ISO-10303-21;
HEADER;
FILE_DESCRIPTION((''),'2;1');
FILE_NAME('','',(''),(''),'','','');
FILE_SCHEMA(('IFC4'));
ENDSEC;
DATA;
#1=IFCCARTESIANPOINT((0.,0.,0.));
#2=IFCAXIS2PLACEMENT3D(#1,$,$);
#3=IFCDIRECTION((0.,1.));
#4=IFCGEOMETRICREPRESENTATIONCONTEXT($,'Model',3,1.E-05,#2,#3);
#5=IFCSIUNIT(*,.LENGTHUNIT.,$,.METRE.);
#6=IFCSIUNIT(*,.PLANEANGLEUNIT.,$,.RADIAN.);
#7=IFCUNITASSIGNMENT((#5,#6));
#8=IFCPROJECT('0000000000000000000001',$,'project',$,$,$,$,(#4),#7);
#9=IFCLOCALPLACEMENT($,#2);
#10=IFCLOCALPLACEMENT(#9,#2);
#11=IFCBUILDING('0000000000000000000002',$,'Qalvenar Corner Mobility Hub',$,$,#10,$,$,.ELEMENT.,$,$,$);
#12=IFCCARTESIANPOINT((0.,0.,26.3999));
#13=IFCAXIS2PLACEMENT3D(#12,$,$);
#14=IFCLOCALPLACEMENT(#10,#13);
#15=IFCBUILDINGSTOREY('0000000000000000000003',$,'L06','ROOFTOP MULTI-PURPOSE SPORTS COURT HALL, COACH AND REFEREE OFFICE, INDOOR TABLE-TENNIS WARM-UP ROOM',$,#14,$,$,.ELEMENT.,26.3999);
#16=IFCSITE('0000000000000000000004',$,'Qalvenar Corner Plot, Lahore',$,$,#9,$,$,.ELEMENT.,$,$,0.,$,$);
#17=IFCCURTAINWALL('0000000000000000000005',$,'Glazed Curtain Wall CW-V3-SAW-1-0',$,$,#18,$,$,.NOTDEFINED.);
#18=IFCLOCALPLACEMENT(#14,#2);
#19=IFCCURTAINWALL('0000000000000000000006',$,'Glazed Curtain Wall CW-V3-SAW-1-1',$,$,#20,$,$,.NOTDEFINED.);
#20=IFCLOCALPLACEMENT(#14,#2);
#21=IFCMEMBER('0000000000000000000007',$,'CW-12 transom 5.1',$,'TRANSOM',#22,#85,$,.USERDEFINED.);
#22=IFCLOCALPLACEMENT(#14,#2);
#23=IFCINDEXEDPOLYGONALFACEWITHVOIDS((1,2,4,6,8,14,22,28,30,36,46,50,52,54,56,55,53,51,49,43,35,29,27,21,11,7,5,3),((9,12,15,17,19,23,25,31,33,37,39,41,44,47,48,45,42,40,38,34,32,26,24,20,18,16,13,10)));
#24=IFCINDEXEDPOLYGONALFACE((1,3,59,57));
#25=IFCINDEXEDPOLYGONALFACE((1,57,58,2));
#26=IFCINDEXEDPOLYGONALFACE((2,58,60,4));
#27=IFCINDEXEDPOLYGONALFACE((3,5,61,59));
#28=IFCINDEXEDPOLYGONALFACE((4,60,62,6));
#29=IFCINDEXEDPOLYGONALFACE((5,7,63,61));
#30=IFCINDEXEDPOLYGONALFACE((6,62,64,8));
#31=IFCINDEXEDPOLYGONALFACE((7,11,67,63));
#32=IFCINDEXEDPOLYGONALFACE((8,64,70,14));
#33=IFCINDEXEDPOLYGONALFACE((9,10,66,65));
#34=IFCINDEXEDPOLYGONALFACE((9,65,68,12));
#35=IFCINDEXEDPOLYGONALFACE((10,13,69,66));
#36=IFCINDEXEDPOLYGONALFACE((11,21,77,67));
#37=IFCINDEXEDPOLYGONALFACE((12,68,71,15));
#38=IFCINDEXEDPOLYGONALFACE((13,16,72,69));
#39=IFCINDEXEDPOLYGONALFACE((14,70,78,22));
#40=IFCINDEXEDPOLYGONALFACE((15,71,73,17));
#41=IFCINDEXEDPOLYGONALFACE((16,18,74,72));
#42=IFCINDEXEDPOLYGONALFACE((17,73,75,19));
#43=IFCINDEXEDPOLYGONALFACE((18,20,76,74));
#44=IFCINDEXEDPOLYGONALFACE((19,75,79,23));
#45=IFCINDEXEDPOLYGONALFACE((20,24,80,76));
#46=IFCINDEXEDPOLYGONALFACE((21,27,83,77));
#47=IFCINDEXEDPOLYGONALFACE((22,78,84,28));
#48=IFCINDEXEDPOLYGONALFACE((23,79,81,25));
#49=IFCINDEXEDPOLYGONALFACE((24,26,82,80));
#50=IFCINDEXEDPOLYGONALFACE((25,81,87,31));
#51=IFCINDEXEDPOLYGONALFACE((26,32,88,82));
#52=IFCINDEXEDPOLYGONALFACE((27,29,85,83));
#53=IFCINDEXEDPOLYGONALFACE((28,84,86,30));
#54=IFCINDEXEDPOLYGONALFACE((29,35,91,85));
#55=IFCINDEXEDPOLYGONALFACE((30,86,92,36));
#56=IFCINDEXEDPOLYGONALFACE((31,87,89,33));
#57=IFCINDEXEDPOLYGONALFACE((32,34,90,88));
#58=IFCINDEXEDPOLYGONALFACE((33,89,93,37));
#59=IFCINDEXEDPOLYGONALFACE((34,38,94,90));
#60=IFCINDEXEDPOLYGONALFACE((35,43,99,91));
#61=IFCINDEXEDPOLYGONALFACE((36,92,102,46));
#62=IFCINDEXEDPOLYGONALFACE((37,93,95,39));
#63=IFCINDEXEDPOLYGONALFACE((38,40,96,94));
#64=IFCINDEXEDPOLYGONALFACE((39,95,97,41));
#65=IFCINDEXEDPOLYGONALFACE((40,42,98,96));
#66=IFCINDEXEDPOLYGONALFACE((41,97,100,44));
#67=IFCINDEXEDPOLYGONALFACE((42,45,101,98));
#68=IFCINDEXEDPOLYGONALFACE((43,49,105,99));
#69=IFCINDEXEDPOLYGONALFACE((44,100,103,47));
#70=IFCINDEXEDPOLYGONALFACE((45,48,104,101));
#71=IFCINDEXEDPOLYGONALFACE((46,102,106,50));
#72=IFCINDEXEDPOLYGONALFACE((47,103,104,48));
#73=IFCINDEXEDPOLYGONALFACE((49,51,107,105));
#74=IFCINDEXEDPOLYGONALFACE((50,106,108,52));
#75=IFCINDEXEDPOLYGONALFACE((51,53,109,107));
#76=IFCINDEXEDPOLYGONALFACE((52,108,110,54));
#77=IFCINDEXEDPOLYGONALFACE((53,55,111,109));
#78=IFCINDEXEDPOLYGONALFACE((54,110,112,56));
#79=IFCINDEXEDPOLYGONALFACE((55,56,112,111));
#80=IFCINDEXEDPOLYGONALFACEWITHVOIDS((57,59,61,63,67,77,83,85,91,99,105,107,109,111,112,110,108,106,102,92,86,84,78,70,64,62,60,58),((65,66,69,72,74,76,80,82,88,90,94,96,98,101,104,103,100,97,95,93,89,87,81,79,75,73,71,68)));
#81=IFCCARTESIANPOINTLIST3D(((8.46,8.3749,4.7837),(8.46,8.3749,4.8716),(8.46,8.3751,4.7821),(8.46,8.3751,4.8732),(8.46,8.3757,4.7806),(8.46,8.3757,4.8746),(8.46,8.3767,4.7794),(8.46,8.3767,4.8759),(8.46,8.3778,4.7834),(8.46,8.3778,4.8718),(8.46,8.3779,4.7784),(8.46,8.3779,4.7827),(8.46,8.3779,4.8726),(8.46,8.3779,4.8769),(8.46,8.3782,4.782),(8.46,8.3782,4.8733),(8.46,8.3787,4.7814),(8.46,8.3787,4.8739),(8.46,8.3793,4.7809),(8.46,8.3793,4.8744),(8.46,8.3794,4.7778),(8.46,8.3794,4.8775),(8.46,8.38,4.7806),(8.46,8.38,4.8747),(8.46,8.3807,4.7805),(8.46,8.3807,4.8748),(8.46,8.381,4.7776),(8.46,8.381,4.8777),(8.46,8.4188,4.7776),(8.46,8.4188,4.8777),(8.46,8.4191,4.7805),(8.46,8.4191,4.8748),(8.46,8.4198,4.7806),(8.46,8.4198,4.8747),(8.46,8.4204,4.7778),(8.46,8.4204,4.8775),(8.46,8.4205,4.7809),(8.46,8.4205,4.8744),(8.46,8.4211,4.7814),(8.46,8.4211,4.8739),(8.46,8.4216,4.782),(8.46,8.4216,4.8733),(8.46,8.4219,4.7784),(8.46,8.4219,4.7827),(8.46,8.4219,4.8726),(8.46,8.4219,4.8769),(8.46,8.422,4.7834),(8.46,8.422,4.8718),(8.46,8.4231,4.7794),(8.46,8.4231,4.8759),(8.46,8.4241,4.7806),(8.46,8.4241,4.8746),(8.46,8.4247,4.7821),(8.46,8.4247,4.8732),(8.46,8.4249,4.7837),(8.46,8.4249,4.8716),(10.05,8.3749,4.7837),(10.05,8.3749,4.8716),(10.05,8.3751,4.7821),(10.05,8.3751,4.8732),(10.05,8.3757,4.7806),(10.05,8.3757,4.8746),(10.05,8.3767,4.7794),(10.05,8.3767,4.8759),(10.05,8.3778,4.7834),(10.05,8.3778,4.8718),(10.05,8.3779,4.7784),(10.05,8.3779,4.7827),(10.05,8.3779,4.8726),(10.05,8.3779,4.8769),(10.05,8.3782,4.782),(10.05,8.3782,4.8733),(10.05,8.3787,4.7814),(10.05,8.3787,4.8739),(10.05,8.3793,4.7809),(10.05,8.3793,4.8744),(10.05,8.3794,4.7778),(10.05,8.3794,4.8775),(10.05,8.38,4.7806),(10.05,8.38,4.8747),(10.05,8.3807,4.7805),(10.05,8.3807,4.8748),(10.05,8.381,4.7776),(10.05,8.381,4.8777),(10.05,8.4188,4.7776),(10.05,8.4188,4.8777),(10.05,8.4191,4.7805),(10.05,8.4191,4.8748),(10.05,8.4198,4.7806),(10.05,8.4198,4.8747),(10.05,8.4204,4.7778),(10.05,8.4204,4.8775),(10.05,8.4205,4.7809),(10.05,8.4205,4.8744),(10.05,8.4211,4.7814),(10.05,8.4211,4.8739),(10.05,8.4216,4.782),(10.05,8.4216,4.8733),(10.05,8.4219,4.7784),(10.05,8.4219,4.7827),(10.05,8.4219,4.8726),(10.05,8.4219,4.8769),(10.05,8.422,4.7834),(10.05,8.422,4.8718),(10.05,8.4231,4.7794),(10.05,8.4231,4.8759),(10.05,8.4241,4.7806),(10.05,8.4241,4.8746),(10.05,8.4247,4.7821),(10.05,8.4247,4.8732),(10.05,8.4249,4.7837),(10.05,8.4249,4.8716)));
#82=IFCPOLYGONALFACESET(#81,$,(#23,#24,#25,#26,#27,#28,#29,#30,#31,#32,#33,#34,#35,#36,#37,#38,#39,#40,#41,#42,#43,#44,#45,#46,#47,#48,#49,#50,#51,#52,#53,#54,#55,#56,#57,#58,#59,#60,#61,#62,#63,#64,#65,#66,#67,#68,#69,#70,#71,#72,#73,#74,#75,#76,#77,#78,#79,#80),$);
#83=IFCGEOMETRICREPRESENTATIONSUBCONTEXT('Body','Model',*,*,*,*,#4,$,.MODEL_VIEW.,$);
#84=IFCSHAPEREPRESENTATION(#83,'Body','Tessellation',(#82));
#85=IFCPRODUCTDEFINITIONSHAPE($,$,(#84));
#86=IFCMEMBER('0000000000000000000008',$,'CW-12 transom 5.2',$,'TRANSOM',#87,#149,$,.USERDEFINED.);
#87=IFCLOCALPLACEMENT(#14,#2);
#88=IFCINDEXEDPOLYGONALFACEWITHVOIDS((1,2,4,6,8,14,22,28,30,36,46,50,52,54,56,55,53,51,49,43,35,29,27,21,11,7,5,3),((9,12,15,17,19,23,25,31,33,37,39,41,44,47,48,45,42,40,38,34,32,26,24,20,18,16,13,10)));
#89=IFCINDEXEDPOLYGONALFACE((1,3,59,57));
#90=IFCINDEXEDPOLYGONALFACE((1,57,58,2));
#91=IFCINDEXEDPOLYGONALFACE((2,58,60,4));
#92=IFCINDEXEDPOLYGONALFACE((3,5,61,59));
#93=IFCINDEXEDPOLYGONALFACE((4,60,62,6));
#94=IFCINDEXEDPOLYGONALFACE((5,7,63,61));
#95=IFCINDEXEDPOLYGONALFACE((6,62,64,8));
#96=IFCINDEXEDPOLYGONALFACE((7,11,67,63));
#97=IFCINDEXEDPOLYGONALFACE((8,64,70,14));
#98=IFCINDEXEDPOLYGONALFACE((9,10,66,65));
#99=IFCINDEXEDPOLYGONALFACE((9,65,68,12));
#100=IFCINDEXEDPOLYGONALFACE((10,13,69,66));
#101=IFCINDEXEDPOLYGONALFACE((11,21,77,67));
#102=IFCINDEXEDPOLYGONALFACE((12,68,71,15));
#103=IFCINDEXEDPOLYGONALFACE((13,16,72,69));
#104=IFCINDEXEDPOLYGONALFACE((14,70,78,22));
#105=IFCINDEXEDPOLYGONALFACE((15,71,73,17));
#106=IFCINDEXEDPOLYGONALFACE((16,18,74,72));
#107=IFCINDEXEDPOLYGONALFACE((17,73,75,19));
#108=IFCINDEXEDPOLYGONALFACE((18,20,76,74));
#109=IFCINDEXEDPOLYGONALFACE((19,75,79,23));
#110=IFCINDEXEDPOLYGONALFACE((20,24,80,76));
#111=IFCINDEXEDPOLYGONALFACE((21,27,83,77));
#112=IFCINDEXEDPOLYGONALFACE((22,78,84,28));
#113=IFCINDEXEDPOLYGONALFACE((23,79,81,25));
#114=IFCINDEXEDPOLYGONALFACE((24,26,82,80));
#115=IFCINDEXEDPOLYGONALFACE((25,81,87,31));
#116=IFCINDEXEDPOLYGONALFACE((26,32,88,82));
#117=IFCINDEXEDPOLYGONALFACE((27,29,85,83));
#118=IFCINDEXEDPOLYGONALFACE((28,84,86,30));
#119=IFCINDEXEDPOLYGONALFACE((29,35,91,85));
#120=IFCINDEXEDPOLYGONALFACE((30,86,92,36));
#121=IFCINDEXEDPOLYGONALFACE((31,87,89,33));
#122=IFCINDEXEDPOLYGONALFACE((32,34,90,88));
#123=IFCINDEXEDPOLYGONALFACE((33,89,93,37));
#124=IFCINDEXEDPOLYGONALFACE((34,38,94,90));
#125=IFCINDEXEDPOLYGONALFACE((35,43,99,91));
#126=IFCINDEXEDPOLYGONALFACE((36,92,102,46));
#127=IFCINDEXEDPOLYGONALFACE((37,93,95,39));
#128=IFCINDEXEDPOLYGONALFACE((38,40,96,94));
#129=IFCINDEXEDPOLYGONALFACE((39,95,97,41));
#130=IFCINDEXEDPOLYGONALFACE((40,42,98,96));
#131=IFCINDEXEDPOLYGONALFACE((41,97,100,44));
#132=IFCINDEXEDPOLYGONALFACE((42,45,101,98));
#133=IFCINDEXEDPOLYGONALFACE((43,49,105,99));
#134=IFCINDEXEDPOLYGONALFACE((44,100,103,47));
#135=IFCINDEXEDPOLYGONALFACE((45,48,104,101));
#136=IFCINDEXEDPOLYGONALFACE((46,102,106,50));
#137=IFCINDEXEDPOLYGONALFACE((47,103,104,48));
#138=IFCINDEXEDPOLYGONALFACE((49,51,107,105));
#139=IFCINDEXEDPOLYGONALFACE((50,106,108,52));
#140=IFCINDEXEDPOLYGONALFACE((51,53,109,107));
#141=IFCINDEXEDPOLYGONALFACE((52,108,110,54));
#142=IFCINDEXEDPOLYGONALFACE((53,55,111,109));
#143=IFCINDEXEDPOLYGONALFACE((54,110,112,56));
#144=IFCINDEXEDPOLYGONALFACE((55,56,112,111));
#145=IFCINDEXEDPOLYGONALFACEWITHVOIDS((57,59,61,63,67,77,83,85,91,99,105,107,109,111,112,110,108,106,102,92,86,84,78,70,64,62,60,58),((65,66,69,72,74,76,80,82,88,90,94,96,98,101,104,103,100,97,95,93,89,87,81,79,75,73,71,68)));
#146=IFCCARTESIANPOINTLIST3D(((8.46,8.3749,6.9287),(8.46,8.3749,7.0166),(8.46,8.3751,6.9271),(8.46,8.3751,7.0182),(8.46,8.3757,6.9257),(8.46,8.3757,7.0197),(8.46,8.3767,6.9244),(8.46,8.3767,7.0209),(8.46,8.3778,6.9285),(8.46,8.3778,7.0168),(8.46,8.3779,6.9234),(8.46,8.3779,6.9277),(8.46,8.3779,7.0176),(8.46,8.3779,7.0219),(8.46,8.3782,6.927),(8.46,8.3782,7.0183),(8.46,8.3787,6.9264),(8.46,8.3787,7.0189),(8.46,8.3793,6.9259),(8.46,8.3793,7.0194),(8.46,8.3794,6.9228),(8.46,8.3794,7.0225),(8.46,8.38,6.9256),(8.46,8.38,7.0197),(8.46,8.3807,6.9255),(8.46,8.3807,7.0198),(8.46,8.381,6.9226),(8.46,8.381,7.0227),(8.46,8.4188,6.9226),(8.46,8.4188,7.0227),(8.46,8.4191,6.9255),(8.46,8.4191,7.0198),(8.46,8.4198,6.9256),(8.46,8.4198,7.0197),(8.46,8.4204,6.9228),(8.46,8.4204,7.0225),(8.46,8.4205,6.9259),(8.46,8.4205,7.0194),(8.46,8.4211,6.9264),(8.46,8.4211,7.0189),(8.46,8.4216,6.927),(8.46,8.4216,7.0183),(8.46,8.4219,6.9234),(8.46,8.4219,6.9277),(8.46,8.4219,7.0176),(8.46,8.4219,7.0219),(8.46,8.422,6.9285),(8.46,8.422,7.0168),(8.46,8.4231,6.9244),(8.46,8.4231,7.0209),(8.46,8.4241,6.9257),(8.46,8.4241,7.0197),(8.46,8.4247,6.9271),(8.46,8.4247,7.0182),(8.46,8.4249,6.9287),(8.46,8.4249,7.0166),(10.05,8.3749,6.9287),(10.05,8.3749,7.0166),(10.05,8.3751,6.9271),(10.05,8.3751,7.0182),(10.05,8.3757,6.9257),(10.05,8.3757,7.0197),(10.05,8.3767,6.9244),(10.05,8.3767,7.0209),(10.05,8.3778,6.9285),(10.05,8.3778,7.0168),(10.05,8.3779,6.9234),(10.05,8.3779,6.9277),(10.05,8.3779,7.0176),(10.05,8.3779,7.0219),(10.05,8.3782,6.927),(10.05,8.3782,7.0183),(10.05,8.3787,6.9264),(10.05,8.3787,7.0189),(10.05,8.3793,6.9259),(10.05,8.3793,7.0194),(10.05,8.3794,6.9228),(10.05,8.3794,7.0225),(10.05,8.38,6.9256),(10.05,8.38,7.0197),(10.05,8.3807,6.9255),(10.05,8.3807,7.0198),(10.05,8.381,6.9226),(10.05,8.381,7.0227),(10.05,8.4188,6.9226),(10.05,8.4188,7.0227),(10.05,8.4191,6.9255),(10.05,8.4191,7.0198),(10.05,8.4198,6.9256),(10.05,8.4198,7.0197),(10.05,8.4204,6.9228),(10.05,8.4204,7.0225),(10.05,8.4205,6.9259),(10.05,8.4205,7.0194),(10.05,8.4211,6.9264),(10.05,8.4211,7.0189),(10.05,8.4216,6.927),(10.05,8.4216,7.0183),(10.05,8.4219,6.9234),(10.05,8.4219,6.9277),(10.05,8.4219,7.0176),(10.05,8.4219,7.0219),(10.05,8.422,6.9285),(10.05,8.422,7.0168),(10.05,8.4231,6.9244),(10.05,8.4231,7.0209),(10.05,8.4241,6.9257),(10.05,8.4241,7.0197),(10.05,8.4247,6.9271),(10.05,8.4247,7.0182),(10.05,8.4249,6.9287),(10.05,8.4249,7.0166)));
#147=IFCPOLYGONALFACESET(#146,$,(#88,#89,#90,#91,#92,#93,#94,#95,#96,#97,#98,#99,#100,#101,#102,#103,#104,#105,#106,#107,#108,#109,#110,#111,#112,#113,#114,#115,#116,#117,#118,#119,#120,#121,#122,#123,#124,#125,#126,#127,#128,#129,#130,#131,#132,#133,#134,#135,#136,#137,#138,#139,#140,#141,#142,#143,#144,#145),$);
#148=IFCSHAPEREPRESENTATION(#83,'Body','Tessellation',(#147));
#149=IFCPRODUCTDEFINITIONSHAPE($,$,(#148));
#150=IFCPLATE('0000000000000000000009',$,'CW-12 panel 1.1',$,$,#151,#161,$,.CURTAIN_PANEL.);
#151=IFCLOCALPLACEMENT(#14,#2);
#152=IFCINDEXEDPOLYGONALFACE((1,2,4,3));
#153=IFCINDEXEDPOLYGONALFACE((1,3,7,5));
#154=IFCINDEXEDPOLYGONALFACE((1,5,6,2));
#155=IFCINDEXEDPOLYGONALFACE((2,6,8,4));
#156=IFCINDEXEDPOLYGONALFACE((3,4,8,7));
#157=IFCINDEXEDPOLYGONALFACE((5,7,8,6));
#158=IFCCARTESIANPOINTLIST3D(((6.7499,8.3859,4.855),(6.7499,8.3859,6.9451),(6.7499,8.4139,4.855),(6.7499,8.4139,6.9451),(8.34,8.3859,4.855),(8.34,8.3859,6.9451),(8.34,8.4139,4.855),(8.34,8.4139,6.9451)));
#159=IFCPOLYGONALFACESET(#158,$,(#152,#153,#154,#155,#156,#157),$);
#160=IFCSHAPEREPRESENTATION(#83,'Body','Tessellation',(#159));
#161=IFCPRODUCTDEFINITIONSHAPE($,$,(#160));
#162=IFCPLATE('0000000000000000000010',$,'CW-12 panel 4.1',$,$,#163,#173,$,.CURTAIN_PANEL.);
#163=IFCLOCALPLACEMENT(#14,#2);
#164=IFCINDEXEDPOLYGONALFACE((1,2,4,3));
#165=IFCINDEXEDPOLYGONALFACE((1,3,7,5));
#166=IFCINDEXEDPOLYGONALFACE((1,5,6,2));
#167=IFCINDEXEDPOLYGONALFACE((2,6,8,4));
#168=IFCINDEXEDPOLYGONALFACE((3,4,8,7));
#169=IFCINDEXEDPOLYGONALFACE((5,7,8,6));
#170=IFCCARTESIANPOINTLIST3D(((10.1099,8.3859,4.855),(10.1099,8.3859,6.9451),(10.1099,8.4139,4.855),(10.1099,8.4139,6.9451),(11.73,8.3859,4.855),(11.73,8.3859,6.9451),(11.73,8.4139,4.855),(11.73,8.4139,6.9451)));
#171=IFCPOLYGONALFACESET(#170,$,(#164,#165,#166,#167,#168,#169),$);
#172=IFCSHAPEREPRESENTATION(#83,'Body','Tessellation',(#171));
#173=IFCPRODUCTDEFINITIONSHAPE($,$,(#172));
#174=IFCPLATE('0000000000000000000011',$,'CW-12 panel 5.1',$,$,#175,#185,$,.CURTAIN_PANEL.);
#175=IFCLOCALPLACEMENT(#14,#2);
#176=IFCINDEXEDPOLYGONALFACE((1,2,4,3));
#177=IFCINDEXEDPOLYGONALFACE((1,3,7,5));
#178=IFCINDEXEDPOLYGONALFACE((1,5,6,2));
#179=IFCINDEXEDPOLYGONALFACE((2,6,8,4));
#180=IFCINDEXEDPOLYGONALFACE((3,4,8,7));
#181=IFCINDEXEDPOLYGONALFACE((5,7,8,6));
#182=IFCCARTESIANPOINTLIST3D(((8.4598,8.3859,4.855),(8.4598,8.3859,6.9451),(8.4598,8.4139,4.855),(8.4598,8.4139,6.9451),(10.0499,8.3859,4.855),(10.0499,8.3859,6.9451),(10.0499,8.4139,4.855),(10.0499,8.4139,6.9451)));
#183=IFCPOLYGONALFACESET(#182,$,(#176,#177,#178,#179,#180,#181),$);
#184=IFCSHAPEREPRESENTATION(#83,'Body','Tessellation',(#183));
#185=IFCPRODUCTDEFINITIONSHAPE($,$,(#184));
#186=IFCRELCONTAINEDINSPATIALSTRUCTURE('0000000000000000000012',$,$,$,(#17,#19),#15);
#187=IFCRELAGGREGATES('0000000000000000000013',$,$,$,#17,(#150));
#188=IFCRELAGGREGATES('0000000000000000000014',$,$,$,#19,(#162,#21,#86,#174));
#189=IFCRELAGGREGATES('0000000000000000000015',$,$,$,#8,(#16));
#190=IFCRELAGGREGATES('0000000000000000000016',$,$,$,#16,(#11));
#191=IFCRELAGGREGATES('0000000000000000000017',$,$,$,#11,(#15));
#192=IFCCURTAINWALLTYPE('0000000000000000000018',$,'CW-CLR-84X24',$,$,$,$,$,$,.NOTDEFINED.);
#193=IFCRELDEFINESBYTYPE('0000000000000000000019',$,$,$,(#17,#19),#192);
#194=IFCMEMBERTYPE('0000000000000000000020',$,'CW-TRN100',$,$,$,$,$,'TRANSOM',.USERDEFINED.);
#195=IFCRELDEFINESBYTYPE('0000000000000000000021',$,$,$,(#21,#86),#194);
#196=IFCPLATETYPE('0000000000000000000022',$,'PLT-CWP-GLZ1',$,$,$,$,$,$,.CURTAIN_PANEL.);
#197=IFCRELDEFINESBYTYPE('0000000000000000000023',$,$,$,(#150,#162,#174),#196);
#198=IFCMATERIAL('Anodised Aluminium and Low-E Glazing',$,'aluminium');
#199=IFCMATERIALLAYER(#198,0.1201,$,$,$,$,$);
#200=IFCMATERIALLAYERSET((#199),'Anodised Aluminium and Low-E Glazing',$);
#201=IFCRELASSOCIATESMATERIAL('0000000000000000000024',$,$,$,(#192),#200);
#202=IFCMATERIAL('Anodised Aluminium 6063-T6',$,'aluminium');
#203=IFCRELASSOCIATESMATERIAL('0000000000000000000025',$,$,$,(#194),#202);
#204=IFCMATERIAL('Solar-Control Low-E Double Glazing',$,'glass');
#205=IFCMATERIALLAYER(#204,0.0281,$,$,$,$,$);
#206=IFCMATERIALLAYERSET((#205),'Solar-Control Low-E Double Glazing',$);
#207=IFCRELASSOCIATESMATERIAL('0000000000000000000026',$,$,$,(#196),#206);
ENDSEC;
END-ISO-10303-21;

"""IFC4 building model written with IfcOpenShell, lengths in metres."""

from ifc_helpers import new_model, si_unit, direction, frame, origin, origin_2d, place, context, subcontext, project, spatial, rectangle, hollow_rectangle, extrude, material, layer, layer_set, material_profile, profile_set, type_object, element, aggregate, save


model = new_model("IFC4")

# Units and contexts
model_context = context("Model", 3, precision=1e-05, world=origin(), true_north=direction((0.0, 1.0)))
body_context = subcontext(model_context, "Body", "Model", "MODEL_VIEW")
ifc_project = project(units=[si_unit("LENGTHUNIT", "METRE"), si_unit("PLANEANGLEUNIT", "RADIAN")], contexts=[model_context])

# Site, building, storey
site_placement = place(None, origin())
site = spatial("IfcSite", under=ifc_project, at=site_placement, Name="Qalvenar Corner Plot, Lahore", CompositionType="ELEMENT", RefElevation=0.0)
building_placement = place(site_placement, origin())
building = spatial("IfcBuilding", under=site, at=building_placement, Name="Qalvenar Corner Mobility Hub", CompositionType="ELEMENT")
storey_placement = place(building_placement, frame((0.0, 0.0, 26.3999)))
storey = spatial("IfcBuildingStorey", under=building, at=storey_placement, Name="L06", Description="ROOFTOP MULTI-PURPOSE SPORTS COURT HALL, COACH AND REFEREE OFFICE, INDOOR TABLE-TENNIS WARM-UP ROOM", CompositionType="ELEMENT", Elevation=26.3999)

# Curtain wall
ifc_material_1 = material(Name="Anodised Aluminium and Low-E Glazing", Category="aluminium")
ifc_layer_1 = layer(ifc_material_1, 0.1201)
ifc_layer_set_1 = layer_set([ifc_layer_1], Name="Anodised Aluminium and Low-E Glazing")
curtain_wall_type = type_object("IfcCurtainWallType", Name="CW-CLR-84X24", PredefinedType="NOTDEFINED", material=ifc_layer_set_1)
curtain_wall_1_placement = place(storey_placement, origin())
curtain_wall_1 = element("IfcCurtainWall", 1, at=curtain_wall_1_placement, inside=storey, type_object=curtain_wall_type, Name="Glazed Curtain Wall CW-V3-SAW-1-0", PredefinedType="NOTDEFINED")
ifc_material_2 = material(Name="Anodised Aluminium 6063-T6", Category="aluminium")

# Curtain wall
curtain_wall_2_placement = place(storey_placement, origin())
curtain_wall_2 = element("IfcCurtainWall", 2, at=curtain_wall_2_placement, inside=storey, type_object=curtain_wall_type, Name="Glazed Curtain Wall CW-V3-SAW-1-1", PredefinedType="NOTDEFINED")

# Members
ifc_material_profile_1 = material_profile(ifc_material_2, hollow_rectangle(XDim=0.05, YDim=0.1001, WallThickness=0.0029, InnerFilletRadius=0.0029, OuterFilletRadius=0.0061, at=origin_2d()), Name="RHS100x50x3")
ifc_profile_set_1 = profile_set([ifc_material_profile_1], Name="Anodised Aluminium 6063-T6")
member_type_1 = type_object("IfcMemberType", Name="CW-TRN100", ElementType="TRANSOM", PredefinedType="USERDEFINED", material=ifc_profile_set_1)
member_1_placement = place(storey_placement, frame((10.05, 8.3999, 4.8276), z_axis=(-1.0, 0.0, 0.0), x_axis=(0.0, -1.0, 0.0)))
member_1 = element("IfcMember", 3, at=member_1_placement, type_object=member_type_1, Name="CW-12 transom 5.1", ObjectType="TRANSOM", PredefinedType="USERDEFINED", context=body_context, shape_type="SweptSolid", body=[
    extrude(hollow_rectangle(XDim=0.05, YDim=0.1001, WallThickness=0.0029, InnerFilletRadius=0.0029, OuterFilletRadius=0.0061, at=origin_2d()), origin(), (0.0, 0.0, 1.0), 1.5901),
])
member_2_placement = place(storey_placement, frame((10.05, 8.3999, 6.9727), z_axis=(-1.0, 0.0, 0.0), x_axis=(0.0, -1.0, 0.0)))
member_2 = element("IfcMember", 4, at=member_2_placement, type_object=member_type_1, Name="CW-12 transom 5.2", ObjectType="TRANSOM", PredefinedType="USERDEFINED", context=body_context, shape_type="SweptSolid", body=[
    extrude(hollow_rectangle(XDim=0.05, YDim=0.1001, WallThickness=0.0029, InnerFilletRadius=0.0029, OuterFilletRadius=0.0061, at=origin_2d()), origin(), (0.0, 0.0, 1.0), 1.5901),
])

# Plates
ifc_material_3 = material(Name="Solar-Control Low-E Double Glazing", Category="glass")
ifc_layer_2 = layer(ifc_material_3, 0.0281)
ifc_layer_set_2 = layer_set([ifc_layer_2], Name="Solar-Control Low-E Double Glazing")
plate_type = type_object("IfcPlateType", Name="PLT-CWP-GLZ1", PredefinedType="CURTAIN_PANEL", material=ifc_layer_set_2)
plate_1_placement = place(storey_placement, frame((7.5449, 8.3999, 4.855), z_axis=(0.0, 0.0, 1.0), x_axis=(-1.0, 0.0, 0.0)))
plate_1 = element("IfcPlate", 5, at=plate_1_placement, type_object=plate_type, Name="CW-12 panel 1.1", PredefinedType="CURTAIN_PANEL", context=body_context, shape_type="SweptSolid", body=[
    extrude(rectangle(XDim=1.5901, YDim=0.0281, at=origin_2d()), origin(), (0.0, 0.0, 1.0), 2.0901),
])
aggregate(curtain_wall_1, [plate_1])
plate_2_placement = place(storey_placement, frame((10.9199, 8.3999, 4.855), z_axis=(0.0, 0.0, 1.0), x_axis=(-1.0, 0.0, 0.0)))
plate_2 = element("IfcPlate", 6, at=plate_2_placement, type_object=plate_type, Name="CW-12 panel 4.1", PredefinedType="CURTAIN_PANEL", context=body_context, shape_type="SweptSolid", body=[
    extrude(rectangle(XDim=1.6201, YDim=0.0281, at=origin_2d()), origin(), (0.0, 0.0, 1.0), 2.0901),
])
plate_3_placement = place(storey_placement, frame((9.2549, 8.3999, 4.855), z_axis=(0.0, 0.0, 1.0), x_axis=(-1.0, 0.0, 0.0)))
plate_3 = element("IfcPlate", 7, at=plate_3_placement, type_object=plate_type, Name="CW-12 panel 5.1", PredefinedType="CURTAIN_PANEL", context=body_context, shape_type="SweptSolid", body=[
    extrude(rectangle(XDim=1.5901, YDim=0.0281, at=origin_2d()), origin(), (0.0, 0.0, 1.0), 2.0901),
])
aggregate(curtain_wall_2, [plate_2, member_1, member_2, plate_3])

save(model, "model.ifc")
